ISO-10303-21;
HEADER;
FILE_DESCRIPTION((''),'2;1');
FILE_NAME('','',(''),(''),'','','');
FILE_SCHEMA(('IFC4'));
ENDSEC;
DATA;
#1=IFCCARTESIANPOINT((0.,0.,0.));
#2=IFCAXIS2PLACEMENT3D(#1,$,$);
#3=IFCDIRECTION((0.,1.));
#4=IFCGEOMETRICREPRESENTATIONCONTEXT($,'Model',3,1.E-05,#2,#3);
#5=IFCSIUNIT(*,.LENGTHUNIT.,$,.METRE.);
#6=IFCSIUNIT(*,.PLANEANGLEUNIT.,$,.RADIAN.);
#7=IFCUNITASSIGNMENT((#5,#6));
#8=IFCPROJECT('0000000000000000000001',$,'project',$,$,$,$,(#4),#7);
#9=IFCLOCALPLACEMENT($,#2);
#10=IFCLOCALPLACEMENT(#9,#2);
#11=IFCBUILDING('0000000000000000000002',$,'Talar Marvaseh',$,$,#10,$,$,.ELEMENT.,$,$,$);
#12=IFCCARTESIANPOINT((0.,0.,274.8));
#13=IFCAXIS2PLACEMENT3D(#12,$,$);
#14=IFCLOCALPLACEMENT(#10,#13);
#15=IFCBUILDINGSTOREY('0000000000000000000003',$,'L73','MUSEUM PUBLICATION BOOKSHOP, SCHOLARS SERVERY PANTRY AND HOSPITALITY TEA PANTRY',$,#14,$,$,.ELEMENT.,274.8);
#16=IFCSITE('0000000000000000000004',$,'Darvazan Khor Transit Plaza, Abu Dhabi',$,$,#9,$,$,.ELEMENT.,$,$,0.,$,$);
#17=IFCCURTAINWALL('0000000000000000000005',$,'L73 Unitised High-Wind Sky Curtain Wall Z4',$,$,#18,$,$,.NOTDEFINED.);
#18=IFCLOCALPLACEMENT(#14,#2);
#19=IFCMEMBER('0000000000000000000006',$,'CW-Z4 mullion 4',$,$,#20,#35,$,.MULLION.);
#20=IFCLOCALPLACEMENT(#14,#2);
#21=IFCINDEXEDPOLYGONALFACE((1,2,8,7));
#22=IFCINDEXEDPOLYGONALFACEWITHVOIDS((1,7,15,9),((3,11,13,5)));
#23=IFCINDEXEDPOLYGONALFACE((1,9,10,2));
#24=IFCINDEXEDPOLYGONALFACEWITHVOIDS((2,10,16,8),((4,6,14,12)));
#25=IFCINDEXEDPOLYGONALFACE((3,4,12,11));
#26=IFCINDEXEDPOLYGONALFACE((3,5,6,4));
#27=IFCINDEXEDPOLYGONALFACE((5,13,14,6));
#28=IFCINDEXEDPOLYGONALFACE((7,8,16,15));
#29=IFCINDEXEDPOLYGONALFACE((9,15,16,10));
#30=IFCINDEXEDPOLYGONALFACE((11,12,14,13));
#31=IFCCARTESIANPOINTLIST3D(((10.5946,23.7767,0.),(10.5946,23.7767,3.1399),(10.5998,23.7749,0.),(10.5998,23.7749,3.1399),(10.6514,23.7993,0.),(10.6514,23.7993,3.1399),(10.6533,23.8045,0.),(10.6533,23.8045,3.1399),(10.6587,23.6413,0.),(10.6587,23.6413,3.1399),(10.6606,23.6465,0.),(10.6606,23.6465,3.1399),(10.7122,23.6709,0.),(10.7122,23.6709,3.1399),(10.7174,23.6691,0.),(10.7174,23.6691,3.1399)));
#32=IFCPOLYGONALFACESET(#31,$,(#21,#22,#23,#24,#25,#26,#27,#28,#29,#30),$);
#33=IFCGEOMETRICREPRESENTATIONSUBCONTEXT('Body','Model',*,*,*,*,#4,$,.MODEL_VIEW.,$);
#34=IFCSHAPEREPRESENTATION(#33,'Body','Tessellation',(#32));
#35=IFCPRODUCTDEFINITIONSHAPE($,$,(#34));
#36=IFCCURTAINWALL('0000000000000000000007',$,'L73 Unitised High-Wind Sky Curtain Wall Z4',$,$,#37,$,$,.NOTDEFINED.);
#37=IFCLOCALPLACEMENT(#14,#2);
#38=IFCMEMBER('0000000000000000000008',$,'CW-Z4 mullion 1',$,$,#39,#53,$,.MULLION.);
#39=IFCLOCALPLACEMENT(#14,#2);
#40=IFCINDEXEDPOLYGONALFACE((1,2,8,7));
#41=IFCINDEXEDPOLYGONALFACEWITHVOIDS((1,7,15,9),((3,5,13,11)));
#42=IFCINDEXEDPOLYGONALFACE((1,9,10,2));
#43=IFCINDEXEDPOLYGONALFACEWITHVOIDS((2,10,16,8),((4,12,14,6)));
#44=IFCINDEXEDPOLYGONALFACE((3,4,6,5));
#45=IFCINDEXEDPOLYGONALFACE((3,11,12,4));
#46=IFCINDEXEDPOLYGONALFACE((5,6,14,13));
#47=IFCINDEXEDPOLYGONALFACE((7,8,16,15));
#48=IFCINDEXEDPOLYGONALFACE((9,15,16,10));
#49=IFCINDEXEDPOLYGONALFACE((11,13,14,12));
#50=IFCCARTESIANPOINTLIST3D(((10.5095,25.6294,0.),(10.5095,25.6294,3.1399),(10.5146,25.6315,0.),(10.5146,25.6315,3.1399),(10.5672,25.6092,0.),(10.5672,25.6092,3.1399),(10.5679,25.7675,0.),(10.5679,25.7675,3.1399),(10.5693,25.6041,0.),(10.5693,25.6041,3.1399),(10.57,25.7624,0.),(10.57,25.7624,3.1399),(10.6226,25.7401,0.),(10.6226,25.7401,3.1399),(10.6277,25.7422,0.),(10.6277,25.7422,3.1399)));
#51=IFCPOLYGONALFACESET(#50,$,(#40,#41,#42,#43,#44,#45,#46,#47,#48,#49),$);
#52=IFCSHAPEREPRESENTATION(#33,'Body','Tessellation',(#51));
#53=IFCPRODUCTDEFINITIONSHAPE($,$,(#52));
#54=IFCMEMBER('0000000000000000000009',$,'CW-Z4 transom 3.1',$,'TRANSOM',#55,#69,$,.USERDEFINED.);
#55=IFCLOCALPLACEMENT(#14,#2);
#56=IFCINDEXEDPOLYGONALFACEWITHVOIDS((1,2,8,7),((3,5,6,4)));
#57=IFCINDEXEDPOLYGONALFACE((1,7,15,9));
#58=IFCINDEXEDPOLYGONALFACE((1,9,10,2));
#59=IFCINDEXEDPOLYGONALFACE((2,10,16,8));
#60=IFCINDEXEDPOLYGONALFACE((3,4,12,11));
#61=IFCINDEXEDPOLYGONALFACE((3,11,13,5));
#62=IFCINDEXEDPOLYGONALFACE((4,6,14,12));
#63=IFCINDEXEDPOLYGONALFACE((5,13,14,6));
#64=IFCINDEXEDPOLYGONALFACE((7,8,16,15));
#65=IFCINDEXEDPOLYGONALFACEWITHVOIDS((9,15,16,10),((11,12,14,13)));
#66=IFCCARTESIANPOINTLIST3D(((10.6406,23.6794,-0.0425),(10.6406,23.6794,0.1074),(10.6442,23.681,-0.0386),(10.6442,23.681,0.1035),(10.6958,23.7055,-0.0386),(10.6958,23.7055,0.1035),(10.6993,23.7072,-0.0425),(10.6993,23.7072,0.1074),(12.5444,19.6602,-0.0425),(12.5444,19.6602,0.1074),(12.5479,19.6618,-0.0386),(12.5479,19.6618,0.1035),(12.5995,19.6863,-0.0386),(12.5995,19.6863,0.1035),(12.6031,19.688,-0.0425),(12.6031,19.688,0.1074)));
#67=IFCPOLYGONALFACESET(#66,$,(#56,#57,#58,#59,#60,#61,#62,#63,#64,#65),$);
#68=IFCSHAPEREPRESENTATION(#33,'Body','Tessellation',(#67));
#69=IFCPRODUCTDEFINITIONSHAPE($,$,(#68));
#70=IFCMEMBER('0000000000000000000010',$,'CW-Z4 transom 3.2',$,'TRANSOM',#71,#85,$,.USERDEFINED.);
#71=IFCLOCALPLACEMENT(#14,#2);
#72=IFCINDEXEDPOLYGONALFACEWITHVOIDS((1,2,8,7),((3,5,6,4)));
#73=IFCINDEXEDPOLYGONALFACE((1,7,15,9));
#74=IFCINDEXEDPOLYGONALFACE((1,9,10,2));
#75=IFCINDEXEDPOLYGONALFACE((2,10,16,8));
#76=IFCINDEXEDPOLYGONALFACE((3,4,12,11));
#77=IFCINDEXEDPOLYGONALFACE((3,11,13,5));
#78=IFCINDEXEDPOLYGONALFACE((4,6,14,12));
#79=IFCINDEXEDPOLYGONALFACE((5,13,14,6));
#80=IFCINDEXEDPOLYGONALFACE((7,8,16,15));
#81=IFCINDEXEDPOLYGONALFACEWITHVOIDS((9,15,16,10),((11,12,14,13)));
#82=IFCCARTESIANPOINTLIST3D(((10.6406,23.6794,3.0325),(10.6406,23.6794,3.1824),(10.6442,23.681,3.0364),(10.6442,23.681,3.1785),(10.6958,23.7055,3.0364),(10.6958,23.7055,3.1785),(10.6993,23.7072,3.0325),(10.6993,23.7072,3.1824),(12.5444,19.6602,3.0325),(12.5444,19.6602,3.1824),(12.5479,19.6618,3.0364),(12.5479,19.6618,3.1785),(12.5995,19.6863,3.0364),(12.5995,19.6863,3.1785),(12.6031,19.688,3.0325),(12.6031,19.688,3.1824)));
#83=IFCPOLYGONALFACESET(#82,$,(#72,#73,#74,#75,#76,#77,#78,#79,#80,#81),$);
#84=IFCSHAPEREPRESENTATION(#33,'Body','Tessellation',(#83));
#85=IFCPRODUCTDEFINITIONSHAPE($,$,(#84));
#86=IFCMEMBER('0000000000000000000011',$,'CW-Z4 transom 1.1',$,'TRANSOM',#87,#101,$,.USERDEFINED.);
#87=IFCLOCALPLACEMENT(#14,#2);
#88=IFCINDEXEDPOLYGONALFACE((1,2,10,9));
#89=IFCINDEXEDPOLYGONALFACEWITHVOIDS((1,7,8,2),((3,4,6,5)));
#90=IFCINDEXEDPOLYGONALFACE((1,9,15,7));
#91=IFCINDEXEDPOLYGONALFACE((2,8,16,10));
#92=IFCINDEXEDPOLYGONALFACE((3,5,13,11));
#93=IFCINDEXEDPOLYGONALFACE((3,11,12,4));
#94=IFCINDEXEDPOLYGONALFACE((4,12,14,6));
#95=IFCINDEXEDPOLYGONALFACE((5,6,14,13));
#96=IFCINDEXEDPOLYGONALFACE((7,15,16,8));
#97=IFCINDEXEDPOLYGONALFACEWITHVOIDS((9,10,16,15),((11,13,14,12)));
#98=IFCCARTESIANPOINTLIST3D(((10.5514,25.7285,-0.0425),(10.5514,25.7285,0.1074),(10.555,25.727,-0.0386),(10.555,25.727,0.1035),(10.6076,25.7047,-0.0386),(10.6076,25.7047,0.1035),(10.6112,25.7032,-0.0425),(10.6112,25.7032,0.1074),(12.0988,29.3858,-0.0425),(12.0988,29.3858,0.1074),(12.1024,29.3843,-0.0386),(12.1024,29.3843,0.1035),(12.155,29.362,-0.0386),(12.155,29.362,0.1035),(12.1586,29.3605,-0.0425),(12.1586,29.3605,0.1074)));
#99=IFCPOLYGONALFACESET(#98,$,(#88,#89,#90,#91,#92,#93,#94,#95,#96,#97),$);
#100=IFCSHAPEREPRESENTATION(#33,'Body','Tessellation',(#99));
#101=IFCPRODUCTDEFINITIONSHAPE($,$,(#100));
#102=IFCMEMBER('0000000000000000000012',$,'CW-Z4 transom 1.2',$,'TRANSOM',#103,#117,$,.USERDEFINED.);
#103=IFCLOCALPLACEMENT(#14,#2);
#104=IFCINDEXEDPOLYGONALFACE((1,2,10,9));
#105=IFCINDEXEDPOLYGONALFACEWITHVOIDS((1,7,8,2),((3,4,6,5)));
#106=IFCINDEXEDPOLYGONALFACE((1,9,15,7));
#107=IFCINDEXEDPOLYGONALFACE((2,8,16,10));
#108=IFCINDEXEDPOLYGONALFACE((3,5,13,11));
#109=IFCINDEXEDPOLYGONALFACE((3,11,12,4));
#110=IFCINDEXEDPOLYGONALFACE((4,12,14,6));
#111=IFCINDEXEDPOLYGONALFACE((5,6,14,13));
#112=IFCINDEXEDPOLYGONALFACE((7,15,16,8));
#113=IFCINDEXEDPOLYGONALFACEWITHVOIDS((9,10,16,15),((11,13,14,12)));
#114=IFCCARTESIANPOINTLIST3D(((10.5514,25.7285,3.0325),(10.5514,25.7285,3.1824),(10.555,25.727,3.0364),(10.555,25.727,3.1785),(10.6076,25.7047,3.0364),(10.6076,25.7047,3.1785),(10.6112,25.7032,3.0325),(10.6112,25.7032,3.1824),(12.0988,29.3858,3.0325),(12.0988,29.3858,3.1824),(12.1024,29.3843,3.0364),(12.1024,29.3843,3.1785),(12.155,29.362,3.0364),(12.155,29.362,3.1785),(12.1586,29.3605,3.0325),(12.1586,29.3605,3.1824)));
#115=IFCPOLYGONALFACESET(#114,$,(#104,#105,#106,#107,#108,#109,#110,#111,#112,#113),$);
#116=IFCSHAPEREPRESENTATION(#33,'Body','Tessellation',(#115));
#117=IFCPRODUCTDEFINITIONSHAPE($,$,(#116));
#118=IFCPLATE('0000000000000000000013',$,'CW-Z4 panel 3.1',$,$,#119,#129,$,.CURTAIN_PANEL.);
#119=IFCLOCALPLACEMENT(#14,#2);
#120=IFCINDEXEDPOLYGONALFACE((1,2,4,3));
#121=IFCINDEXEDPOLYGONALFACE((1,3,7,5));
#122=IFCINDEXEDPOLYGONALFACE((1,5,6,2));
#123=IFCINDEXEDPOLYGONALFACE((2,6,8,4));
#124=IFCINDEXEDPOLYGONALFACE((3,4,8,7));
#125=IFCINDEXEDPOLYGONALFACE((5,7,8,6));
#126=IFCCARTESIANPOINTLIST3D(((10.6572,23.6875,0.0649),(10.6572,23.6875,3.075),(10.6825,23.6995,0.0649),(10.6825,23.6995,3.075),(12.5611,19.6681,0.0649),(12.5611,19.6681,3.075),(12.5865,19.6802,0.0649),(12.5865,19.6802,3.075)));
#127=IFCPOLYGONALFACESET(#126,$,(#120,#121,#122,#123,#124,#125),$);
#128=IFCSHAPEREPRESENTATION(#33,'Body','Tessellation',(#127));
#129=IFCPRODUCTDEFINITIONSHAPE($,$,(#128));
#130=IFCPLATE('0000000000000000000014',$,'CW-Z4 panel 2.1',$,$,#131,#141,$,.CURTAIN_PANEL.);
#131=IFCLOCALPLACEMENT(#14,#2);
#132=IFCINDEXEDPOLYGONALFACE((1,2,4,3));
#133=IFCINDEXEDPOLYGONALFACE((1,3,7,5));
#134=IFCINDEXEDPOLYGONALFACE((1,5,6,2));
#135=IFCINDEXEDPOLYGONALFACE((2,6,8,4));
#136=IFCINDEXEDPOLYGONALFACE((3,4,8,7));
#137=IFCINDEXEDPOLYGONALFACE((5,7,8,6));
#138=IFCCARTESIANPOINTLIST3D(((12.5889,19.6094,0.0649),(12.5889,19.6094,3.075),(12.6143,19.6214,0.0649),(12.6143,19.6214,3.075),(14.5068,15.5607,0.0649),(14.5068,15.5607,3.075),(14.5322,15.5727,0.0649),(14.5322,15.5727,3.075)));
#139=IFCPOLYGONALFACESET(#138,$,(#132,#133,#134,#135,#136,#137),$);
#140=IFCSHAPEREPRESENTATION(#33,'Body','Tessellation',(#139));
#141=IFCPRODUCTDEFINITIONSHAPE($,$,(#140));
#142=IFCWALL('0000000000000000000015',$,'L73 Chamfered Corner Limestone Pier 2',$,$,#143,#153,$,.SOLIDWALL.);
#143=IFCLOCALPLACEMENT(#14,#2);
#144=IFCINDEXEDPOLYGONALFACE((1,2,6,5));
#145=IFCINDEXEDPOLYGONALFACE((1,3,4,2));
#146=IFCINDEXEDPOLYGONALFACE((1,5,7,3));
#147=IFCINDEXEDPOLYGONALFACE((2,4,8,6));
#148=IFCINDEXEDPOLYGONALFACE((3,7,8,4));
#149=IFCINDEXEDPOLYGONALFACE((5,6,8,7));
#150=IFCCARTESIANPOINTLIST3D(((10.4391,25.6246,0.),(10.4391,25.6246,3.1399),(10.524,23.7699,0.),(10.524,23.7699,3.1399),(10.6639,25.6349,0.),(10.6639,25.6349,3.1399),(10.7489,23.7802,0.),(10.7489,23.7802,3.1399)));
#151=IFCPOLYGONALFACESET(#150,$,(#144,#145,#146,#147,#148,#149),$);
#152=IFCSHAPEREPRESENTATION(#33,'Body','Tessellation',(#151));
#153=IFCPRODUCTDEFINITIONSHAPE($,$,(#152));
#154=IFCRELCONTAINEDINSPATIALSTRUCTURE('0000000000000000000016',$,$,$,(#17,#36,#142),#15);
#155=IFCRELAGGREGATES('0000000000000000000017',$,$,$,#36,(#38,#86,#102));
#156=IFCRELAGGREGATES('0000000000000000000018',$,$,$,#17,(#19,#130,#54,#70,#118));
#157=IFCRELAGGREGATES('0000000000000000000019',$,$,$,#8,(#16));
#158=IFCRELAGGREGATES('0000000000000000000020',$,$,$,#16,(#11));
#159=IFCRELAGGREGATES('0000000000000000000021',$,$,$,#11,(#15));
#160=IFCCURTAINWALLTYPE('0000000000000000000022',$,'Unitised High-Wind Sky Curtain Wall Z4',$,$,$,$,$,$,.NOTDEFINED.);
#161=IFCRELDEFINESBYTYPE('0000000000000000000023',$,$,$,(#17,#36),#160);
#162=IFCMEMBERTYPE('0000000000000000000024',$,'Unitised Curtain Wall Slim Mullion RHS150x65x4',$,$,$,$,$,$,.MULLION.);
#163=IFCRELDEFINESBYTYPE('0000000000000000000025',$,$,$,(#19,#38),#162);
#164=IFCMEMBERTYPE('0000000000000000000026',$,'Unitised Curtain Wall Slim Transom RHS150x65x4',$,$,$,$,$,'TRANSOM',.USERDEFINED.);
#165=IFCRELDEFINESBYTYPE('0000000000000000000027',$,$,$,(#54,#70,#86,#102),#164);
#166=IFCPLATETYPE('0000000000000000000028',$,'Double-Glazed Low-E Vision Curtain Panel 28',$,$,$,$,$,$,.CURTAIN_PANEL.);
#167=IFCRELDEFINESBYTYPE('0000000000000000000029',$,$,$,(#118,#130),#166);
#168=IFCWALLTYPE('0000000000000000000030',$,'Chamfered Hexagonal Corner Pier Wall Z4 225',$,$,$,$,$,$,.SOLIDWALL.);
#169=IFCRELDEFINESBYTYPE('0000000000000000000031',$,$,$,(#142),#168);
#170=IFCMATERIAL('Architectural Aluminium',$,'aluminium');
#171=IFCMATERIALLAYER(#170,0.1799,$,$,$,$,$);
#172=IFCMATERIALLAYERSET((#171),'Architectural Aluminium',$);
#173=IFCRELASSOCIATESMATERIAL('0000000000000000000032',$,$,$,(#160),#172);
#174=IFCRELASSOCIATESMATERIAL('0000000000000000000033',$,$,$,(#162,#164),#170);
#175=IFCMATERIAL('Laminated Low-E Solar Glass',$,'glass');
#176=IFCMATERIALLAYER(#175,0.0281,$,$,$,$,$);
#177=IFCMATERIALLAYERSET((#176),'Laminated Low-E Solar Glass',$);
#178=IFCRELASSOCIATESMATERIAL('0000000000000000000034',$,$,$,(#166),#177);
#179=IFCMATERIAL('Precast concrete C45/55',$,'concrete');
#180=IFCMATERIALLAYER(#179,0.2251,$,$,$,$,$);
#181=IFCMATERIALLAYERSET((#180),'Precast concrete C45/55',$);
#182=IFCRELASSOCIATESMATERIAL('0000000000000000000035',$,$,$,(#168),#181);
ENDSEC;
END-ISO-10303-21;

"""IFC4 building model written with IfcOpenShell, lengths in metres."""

from ifc_helpers import new_model, si_unit, direction, frame, frame_2d, origin, origin_2d, place, context, subcontext, project, spatial, rectangle, hollow_rectangle, extrude, source, transform, mapped, material, layer, layer_set, material_profile, profile_set, type_object, type_shapes, element, aggregate, save


model = new_model("IFC4")

# Units and contexts
model_context = context("Model", 3, precision=1e-05, world=origin(), true_north=direction((0.0, 1.0)))
body_context = subcontext(model_context, "Body", "Model", "MODEL_VIEW")
ifc_project = project(units=[si_unit("LENGTHUNIT", "METRE"), si_unit("PLANEANGLEUNIT", "RADIAN")], contexts=[model_context])

# Site, building, storey
site_placement = place(None, origin())
site = spatial("IfcSite", under=ifc_project, at=site_placement, Name="Darvazan Khor Transit Plaza, Abu Dhabi", CompositionType="ELEMENT", RefElevation=0.0)
building_placement = place(site_placement, origin())
building = spatial("IfcBuilding", under=site, at=building_placement, Name="Talar Marvaseh", CompositionType="ELEMENT")
storey_placement = place(building_placement, frame((0.0, 0.0, 274.8)))
storey = spatial("IfcBuildingStorey", under=building, at=storey_placement, Name="L73", Description="MUSEUM PUBLICATION BOOKSHOP, SCHOLARS SERVERY PANTRY AND HOSPITALITY TEA PANTRY", CompositionType="ELEMENT", Elevation=274.8)

# Curtain wall, member
ifc_material_1 = material(Name="Architectural Aluminium", Category="aluminium")
ifc_layer_1 = layer(ifc_material_1, 0.1799)
ifc_layer_set_1 = layer_set([ifc_layer_1], Name="Architectural Aluminium")
curtain_wall_type = type_object("IfcCurtainWallType", Name="Unitised High-Wind Sky Curtain Wall Z4", PredefinedType="NOTDEFINED", material=ifc_layer_set_1)
curtain_wall_1_placement = place(storey_placement, origin())
curtain_wall_1 = element("IfcCurtainWall", 1, at=curtain_wall_1_placement, inside=storey, type_object=curtain_wall_type, Name="L73 Unitised High-Wind Sky Curtain Wall Z4", PredefinedType="NOTDEFINED")
ifc_material_profile_1 = material_profile(ifc_material_1, hollow_rectangle(XDim=0.0649, YDim=0.1499, WallThickness=0.0039, at=origin_2d()), Name="RHS150x65x4")
ifc_profile_set_1 = profile_set([ifc_material_profile_1], Name="Architectural Aluminium")
member_type_1 = type_object("IfcMemberType", Name="Unitised Curtain Wall Slim Mullion RHS150x65x4", PredefinedType="MULLION", material=ifc_profile_set_1)
shared_shape_1 = source(origin(), body_context, "Body", "SweptSolid", [
    extrude(hollow_rectangle(XDim=0.0649, YDim=0.1499, WallThickness=0.0039, at=origin_2d()), origin(), (0.0, 0.0, 1.0), 3.1399),
])
type_shapes(member_type_1, [shared_shape_1])
member_1_placement = place(storey_placement, frame((10.656, 23.7229, 0.0), z_axis=(0.0, 0.0, 1.0), x_axis=(-0.903736, -0.42809, 0.0)))
member_1 = element("IfcMember", 2, at=member_1_placement, type_object=member_type_1, Name="CW-Z4 mullion 4", PredefinedType="MULLION", context=body_context, shape_type="MappedRepresentation", body=[
    mapped(shared_shape_1, transform((0.0, 0.0, 0.0), x_axis=(1.0, 0.0, 0.0), y_axis=(0.0, 1.0, 0.0), z_axis=(0.0, 0.0, 1.0), scale=1.0)),
])

# Curtain wall, member
curtain_wall_2_placement = place(storey_placement, origin())
curtain_wall_2 = element("IfcCurtainWall", 3, at=curtain_wall_2_placement, inside=storey, type_object=curtain_wall_type, Name="L73 Unitised High-Wind Sky Curtain Wall Z4", PredefinedType="NOTDEFINED")
member_2_placement = place(storey_placement, frame((10.5686, 25.6858, 0.0), z_axis=(0.0, 0.0, 1.0), x_axis=(-0.920968, 0.389638, 0.0)))
member_2 = element("IfcMember", 4, at=member_2_placement, type_object=member_type_1, Name="CW-Z4 mullion 1", PredefinedType="MULLION", context=body_context, shape_type="MappedRepresentation", body=[
    mapped(shared_shape_1, transform((0.0, 0.0, 0.0), x_axis=(1.0, 0.0, 0.0), y_axis=(0.0, 1.0, 0.0), z_axis=(0.0, 0.0, 1.0), scale=1.0)),
])

# Members
ifc_material_profile_2 = material_profile(ifc_material_1, hollow_rectangle(XDim=0.0649, YDim=0.1499, WallThickness=0.0039, at=origin_2d()), Name="RHS150x65x4")
ifc_profile_set_2 = profile_set([ifc_material_profile_2], Name="Architectural Aluminium")
member_type_2 = type_object("IfcMemberType", Name="Unitised Curtain Wall Slim Transom RHS150x65x4", ElementType="TRANSOM", PredefinedType="USERDEFINED", material=ifc_profile_set_2)
shared_shape_2 = source(origin(), body_context, "Body", "SweptSolid", [
    extrude(hollow_rectangle(XDim=0.0649, YDim=0.1499, WallThickness=0.0039, at=origin_2d()), origin(), (0.0, 0.0, 1.0), 4.4473),
])
member_3_placement = place(storey_placement, frame((12.5737, 19.6741, 0.0325), z_axis=(-0.428075, 0.903743, 0.0), x_axis=(-0.903743, -0.428075, 0.0)))
member_3 = element("IfcMember", 5, at=member_3_placement, type_object=member_type_2, Name="CW-Z4 transom 3.1", ObjectType="TRANSOM", PredefinedType="USERDEFINED", context=body_context, shape_type="MappedRepresentation", body=[
    mapped(shared_shape_2, transform((0.0, 0.0, 0.0), x_axis=(1.0, 0.0, 0.0), y_axis=(0.0, 1.0, 0.0), z_axis=(0.0, 0.0, 1.0), scale=1.0)),
])
member_4_placement = place(storey_placement, frame((12.5737, 19.6741, 3.1074), z_axis=(-0.428075, 0.903743, 0.0), x_axis=(-0.903743, -0.428075, 0.0)))
member_4 = element("IfcMember", 6, at=member_4_placement, type_object=member_type_2, Name="CW-Z4 transom 3.2", ObjectType="TRANSOM", PredefinedType="USERDEFINED", context=body_context, shape_type="MappedRepresentation", body=[
    mapped(shared_shape_2, transform((0.0, 0.0, 0.0), x_axis=(1.0, 0.0, 0.0), y_axis=(0.0, 1.0, 0.0), z_axis=(0.0, 0.0, 1.0), scale=1.0)),
])
shared_shape_3 = source(origin(), body_context, "Body", "SweptSolid", [
    extrude(hollow_rectangle(XDim=0.0649, YDim=0.1499, WallThickness=0.0039, at=origin_2d()), origin(), (0.0, 0.0, 1.0), 3.9712),
])
type_shapes(member_type_2, [shared_shape_2, shared_shape_3])
member_5_placement = place(storey_placement, frame((10.5813, 25.7158, 0.0325), z_axis=(0.389656, 0.92096, 0.0), x_axis=(-0.92096, 0.389656, 0.0)))
member_5 = element("IfcMember", 7, at=member_5_placement, type_object=member_type_2, Name="CW-Z4 transom 1.1", ObjectType="TRANSOM", PredefinedType="USERDEFINED", context=body_context, shape_type="MappedRepresentation", body=[
    mapped(shared_shape_3, transform((0.0, 0.0, 0.0), x_axis=(1.0, 0.0, 0.0), y_axis=(0.0, 1.0, 0.0), z_axis=(0.0, 0.0, 1.0), scale=1.0)),
])
member_6_placement = place(storey_placement, frame((10.5813, 25.7158, 3.1074), z_axis=(0.389656, 0.92096, 0.0), x_axis=(-0.92096, 0.389656, 0.0)))
member_6 = element("IfcMember", 8, at=member_6_placement, type_object=member_type_2, Name="CW-Z4 transom 1.2", ObjectType="TRANSOM", PredefinedType="USERDEFINED", context=body_context, shape_type="MappedRepresentation", body=[
    mapped(shared_shape_3, transform((0.0, 0.0, 0.0), x_axis=(1.0, 0.0, 0.0), y_axis=(0.0, 1.0, 0.0), z_axis=(0.0, 0.0, 1.0), scale=1.0)),
])
aggregate(curtain_wall_2, [member_2, member_5, member_6])

# Plates
ifc_material_2 = material(Name="Laminated Low-E Solar Glass", Category="glass")
ifc_layer_2 = layer(ifc_material_2, 0.0281)
ifc_layer_set_2 = layer_set([ifc_layer_2], Name="Laminated Low-E Solar Glass")
plate_type = type_object("IfcPlateType", Name="Double-Glazed Low-E Vision Curtain Panel 28", PredefinedType="CURTAIN_PANEL", material=ifc_layer_set_2)
shared_shape_4 = source(origin(), body_context, "Body", "SweptSolid", [
    extrude(rectangle(XDim=4.4475, YDim=0.0281, at=origin_2d()), origin(), (0.0, 0.0, 1.0), 3.01),
])
plate_1_placement = place(storey_placement, frame((11.6218, 21.6838, 0.0649), z_axis=(0.0, 0.0, 1.0), x_axis=(-0.42809, 0.903736, 0.0)))
plate_1 = element("IfcPlate", 9, at=plate_1_placement, type_object=plate_type, Name="CW-Z4 panel 3.1", PredefinedType="CURTAIN_PANEL", context=body_context, shape_type="MappedRepresentation", body=[
    mapped(shared_shape_4, transform((0.0, 0.0, 0.0), x_axis=(1.0, 0.0, 0.0), y_axis=(0.0, 1.0, 0.0), z_axis=(0.0, 0.0, 1.0), scale=1.0)),
])
shared_shape_5 = source(origin(), body_context, "Body", "SweptSolid", [
    extrude(rectangle(XDim=4.48, YDim=0.0281, at=origin_2d()), origin(), (0.0, 0.0, 1.0), 3.01),
])
type_shapes(plate_type, [shared_shape_4, shared_shape_5])
plate_2_placement = place(storey_placement, frame((13.5605, 17.5911, 0.0649), z_axis=(0.0, 0.0, 1.0), x_axis=(-0.42809, 0.903736, 0.0)))
plate_2 = element("IfcPlate", 10, at=plate_2_placement, type_object=plate_type, Name="CW-Z4 panel 2.1", PredefinedType="CURTAIN_PANEL", context=body_context, shape_type="MappedRepresentation", body=[
    mapped(shared_shape_5, transform((0.0, 0.0, 0.0), x_axis=(1.0, 0.0, 0.0), y_axis=(0.0, 1.0, 0.0), z_axis=(0.0, 0.0, 1.0), scale=1.0)),
])
aggregate(curtain_wall_1, [member_1, plate_2, member_3, member_4, plate_1])

# Wall
ifc_material_3 = material(Name="Precast concrete C45/55", Category="concrete")
ifc_layer_3 = layer(ifc_material_3, 0.2251)
ifc_layer_set_3 = layer_set([ifc_layer_3], Name="Precast concrete C45/55")
wall_type_1 = type_object("IfcWallType", Name="Chamfered Hexagonal Corner Pier Wall Z4 225", PredefinedType="SOLIDWALL", material=ifc_layer_set_3)
wall_1_placement = place(storey_placement, frame((10.6365, 23.7751, 0.0), z_axis=(0.0, 0.0, 1.0), x_axis=(-0.04576, 0.998952, 0.0)))
element("IfcWall", 11, at=wall_1_placement, inside=storey, type_object=wall_type_1, Name="L73 Chamfered Corner Limestone Pier 2", PredefinedType="SOLIDWALL", context=body_context, shape_type="SweptSolid", body=[
    extrude(rectangle(XDim=1.8567, YDim=0.2251, at=frame_2d((0.9282, 0.0))), origin(), (0.0, 0.0, 1.0), 3.1399),
])

save(model, "model.ifc")
